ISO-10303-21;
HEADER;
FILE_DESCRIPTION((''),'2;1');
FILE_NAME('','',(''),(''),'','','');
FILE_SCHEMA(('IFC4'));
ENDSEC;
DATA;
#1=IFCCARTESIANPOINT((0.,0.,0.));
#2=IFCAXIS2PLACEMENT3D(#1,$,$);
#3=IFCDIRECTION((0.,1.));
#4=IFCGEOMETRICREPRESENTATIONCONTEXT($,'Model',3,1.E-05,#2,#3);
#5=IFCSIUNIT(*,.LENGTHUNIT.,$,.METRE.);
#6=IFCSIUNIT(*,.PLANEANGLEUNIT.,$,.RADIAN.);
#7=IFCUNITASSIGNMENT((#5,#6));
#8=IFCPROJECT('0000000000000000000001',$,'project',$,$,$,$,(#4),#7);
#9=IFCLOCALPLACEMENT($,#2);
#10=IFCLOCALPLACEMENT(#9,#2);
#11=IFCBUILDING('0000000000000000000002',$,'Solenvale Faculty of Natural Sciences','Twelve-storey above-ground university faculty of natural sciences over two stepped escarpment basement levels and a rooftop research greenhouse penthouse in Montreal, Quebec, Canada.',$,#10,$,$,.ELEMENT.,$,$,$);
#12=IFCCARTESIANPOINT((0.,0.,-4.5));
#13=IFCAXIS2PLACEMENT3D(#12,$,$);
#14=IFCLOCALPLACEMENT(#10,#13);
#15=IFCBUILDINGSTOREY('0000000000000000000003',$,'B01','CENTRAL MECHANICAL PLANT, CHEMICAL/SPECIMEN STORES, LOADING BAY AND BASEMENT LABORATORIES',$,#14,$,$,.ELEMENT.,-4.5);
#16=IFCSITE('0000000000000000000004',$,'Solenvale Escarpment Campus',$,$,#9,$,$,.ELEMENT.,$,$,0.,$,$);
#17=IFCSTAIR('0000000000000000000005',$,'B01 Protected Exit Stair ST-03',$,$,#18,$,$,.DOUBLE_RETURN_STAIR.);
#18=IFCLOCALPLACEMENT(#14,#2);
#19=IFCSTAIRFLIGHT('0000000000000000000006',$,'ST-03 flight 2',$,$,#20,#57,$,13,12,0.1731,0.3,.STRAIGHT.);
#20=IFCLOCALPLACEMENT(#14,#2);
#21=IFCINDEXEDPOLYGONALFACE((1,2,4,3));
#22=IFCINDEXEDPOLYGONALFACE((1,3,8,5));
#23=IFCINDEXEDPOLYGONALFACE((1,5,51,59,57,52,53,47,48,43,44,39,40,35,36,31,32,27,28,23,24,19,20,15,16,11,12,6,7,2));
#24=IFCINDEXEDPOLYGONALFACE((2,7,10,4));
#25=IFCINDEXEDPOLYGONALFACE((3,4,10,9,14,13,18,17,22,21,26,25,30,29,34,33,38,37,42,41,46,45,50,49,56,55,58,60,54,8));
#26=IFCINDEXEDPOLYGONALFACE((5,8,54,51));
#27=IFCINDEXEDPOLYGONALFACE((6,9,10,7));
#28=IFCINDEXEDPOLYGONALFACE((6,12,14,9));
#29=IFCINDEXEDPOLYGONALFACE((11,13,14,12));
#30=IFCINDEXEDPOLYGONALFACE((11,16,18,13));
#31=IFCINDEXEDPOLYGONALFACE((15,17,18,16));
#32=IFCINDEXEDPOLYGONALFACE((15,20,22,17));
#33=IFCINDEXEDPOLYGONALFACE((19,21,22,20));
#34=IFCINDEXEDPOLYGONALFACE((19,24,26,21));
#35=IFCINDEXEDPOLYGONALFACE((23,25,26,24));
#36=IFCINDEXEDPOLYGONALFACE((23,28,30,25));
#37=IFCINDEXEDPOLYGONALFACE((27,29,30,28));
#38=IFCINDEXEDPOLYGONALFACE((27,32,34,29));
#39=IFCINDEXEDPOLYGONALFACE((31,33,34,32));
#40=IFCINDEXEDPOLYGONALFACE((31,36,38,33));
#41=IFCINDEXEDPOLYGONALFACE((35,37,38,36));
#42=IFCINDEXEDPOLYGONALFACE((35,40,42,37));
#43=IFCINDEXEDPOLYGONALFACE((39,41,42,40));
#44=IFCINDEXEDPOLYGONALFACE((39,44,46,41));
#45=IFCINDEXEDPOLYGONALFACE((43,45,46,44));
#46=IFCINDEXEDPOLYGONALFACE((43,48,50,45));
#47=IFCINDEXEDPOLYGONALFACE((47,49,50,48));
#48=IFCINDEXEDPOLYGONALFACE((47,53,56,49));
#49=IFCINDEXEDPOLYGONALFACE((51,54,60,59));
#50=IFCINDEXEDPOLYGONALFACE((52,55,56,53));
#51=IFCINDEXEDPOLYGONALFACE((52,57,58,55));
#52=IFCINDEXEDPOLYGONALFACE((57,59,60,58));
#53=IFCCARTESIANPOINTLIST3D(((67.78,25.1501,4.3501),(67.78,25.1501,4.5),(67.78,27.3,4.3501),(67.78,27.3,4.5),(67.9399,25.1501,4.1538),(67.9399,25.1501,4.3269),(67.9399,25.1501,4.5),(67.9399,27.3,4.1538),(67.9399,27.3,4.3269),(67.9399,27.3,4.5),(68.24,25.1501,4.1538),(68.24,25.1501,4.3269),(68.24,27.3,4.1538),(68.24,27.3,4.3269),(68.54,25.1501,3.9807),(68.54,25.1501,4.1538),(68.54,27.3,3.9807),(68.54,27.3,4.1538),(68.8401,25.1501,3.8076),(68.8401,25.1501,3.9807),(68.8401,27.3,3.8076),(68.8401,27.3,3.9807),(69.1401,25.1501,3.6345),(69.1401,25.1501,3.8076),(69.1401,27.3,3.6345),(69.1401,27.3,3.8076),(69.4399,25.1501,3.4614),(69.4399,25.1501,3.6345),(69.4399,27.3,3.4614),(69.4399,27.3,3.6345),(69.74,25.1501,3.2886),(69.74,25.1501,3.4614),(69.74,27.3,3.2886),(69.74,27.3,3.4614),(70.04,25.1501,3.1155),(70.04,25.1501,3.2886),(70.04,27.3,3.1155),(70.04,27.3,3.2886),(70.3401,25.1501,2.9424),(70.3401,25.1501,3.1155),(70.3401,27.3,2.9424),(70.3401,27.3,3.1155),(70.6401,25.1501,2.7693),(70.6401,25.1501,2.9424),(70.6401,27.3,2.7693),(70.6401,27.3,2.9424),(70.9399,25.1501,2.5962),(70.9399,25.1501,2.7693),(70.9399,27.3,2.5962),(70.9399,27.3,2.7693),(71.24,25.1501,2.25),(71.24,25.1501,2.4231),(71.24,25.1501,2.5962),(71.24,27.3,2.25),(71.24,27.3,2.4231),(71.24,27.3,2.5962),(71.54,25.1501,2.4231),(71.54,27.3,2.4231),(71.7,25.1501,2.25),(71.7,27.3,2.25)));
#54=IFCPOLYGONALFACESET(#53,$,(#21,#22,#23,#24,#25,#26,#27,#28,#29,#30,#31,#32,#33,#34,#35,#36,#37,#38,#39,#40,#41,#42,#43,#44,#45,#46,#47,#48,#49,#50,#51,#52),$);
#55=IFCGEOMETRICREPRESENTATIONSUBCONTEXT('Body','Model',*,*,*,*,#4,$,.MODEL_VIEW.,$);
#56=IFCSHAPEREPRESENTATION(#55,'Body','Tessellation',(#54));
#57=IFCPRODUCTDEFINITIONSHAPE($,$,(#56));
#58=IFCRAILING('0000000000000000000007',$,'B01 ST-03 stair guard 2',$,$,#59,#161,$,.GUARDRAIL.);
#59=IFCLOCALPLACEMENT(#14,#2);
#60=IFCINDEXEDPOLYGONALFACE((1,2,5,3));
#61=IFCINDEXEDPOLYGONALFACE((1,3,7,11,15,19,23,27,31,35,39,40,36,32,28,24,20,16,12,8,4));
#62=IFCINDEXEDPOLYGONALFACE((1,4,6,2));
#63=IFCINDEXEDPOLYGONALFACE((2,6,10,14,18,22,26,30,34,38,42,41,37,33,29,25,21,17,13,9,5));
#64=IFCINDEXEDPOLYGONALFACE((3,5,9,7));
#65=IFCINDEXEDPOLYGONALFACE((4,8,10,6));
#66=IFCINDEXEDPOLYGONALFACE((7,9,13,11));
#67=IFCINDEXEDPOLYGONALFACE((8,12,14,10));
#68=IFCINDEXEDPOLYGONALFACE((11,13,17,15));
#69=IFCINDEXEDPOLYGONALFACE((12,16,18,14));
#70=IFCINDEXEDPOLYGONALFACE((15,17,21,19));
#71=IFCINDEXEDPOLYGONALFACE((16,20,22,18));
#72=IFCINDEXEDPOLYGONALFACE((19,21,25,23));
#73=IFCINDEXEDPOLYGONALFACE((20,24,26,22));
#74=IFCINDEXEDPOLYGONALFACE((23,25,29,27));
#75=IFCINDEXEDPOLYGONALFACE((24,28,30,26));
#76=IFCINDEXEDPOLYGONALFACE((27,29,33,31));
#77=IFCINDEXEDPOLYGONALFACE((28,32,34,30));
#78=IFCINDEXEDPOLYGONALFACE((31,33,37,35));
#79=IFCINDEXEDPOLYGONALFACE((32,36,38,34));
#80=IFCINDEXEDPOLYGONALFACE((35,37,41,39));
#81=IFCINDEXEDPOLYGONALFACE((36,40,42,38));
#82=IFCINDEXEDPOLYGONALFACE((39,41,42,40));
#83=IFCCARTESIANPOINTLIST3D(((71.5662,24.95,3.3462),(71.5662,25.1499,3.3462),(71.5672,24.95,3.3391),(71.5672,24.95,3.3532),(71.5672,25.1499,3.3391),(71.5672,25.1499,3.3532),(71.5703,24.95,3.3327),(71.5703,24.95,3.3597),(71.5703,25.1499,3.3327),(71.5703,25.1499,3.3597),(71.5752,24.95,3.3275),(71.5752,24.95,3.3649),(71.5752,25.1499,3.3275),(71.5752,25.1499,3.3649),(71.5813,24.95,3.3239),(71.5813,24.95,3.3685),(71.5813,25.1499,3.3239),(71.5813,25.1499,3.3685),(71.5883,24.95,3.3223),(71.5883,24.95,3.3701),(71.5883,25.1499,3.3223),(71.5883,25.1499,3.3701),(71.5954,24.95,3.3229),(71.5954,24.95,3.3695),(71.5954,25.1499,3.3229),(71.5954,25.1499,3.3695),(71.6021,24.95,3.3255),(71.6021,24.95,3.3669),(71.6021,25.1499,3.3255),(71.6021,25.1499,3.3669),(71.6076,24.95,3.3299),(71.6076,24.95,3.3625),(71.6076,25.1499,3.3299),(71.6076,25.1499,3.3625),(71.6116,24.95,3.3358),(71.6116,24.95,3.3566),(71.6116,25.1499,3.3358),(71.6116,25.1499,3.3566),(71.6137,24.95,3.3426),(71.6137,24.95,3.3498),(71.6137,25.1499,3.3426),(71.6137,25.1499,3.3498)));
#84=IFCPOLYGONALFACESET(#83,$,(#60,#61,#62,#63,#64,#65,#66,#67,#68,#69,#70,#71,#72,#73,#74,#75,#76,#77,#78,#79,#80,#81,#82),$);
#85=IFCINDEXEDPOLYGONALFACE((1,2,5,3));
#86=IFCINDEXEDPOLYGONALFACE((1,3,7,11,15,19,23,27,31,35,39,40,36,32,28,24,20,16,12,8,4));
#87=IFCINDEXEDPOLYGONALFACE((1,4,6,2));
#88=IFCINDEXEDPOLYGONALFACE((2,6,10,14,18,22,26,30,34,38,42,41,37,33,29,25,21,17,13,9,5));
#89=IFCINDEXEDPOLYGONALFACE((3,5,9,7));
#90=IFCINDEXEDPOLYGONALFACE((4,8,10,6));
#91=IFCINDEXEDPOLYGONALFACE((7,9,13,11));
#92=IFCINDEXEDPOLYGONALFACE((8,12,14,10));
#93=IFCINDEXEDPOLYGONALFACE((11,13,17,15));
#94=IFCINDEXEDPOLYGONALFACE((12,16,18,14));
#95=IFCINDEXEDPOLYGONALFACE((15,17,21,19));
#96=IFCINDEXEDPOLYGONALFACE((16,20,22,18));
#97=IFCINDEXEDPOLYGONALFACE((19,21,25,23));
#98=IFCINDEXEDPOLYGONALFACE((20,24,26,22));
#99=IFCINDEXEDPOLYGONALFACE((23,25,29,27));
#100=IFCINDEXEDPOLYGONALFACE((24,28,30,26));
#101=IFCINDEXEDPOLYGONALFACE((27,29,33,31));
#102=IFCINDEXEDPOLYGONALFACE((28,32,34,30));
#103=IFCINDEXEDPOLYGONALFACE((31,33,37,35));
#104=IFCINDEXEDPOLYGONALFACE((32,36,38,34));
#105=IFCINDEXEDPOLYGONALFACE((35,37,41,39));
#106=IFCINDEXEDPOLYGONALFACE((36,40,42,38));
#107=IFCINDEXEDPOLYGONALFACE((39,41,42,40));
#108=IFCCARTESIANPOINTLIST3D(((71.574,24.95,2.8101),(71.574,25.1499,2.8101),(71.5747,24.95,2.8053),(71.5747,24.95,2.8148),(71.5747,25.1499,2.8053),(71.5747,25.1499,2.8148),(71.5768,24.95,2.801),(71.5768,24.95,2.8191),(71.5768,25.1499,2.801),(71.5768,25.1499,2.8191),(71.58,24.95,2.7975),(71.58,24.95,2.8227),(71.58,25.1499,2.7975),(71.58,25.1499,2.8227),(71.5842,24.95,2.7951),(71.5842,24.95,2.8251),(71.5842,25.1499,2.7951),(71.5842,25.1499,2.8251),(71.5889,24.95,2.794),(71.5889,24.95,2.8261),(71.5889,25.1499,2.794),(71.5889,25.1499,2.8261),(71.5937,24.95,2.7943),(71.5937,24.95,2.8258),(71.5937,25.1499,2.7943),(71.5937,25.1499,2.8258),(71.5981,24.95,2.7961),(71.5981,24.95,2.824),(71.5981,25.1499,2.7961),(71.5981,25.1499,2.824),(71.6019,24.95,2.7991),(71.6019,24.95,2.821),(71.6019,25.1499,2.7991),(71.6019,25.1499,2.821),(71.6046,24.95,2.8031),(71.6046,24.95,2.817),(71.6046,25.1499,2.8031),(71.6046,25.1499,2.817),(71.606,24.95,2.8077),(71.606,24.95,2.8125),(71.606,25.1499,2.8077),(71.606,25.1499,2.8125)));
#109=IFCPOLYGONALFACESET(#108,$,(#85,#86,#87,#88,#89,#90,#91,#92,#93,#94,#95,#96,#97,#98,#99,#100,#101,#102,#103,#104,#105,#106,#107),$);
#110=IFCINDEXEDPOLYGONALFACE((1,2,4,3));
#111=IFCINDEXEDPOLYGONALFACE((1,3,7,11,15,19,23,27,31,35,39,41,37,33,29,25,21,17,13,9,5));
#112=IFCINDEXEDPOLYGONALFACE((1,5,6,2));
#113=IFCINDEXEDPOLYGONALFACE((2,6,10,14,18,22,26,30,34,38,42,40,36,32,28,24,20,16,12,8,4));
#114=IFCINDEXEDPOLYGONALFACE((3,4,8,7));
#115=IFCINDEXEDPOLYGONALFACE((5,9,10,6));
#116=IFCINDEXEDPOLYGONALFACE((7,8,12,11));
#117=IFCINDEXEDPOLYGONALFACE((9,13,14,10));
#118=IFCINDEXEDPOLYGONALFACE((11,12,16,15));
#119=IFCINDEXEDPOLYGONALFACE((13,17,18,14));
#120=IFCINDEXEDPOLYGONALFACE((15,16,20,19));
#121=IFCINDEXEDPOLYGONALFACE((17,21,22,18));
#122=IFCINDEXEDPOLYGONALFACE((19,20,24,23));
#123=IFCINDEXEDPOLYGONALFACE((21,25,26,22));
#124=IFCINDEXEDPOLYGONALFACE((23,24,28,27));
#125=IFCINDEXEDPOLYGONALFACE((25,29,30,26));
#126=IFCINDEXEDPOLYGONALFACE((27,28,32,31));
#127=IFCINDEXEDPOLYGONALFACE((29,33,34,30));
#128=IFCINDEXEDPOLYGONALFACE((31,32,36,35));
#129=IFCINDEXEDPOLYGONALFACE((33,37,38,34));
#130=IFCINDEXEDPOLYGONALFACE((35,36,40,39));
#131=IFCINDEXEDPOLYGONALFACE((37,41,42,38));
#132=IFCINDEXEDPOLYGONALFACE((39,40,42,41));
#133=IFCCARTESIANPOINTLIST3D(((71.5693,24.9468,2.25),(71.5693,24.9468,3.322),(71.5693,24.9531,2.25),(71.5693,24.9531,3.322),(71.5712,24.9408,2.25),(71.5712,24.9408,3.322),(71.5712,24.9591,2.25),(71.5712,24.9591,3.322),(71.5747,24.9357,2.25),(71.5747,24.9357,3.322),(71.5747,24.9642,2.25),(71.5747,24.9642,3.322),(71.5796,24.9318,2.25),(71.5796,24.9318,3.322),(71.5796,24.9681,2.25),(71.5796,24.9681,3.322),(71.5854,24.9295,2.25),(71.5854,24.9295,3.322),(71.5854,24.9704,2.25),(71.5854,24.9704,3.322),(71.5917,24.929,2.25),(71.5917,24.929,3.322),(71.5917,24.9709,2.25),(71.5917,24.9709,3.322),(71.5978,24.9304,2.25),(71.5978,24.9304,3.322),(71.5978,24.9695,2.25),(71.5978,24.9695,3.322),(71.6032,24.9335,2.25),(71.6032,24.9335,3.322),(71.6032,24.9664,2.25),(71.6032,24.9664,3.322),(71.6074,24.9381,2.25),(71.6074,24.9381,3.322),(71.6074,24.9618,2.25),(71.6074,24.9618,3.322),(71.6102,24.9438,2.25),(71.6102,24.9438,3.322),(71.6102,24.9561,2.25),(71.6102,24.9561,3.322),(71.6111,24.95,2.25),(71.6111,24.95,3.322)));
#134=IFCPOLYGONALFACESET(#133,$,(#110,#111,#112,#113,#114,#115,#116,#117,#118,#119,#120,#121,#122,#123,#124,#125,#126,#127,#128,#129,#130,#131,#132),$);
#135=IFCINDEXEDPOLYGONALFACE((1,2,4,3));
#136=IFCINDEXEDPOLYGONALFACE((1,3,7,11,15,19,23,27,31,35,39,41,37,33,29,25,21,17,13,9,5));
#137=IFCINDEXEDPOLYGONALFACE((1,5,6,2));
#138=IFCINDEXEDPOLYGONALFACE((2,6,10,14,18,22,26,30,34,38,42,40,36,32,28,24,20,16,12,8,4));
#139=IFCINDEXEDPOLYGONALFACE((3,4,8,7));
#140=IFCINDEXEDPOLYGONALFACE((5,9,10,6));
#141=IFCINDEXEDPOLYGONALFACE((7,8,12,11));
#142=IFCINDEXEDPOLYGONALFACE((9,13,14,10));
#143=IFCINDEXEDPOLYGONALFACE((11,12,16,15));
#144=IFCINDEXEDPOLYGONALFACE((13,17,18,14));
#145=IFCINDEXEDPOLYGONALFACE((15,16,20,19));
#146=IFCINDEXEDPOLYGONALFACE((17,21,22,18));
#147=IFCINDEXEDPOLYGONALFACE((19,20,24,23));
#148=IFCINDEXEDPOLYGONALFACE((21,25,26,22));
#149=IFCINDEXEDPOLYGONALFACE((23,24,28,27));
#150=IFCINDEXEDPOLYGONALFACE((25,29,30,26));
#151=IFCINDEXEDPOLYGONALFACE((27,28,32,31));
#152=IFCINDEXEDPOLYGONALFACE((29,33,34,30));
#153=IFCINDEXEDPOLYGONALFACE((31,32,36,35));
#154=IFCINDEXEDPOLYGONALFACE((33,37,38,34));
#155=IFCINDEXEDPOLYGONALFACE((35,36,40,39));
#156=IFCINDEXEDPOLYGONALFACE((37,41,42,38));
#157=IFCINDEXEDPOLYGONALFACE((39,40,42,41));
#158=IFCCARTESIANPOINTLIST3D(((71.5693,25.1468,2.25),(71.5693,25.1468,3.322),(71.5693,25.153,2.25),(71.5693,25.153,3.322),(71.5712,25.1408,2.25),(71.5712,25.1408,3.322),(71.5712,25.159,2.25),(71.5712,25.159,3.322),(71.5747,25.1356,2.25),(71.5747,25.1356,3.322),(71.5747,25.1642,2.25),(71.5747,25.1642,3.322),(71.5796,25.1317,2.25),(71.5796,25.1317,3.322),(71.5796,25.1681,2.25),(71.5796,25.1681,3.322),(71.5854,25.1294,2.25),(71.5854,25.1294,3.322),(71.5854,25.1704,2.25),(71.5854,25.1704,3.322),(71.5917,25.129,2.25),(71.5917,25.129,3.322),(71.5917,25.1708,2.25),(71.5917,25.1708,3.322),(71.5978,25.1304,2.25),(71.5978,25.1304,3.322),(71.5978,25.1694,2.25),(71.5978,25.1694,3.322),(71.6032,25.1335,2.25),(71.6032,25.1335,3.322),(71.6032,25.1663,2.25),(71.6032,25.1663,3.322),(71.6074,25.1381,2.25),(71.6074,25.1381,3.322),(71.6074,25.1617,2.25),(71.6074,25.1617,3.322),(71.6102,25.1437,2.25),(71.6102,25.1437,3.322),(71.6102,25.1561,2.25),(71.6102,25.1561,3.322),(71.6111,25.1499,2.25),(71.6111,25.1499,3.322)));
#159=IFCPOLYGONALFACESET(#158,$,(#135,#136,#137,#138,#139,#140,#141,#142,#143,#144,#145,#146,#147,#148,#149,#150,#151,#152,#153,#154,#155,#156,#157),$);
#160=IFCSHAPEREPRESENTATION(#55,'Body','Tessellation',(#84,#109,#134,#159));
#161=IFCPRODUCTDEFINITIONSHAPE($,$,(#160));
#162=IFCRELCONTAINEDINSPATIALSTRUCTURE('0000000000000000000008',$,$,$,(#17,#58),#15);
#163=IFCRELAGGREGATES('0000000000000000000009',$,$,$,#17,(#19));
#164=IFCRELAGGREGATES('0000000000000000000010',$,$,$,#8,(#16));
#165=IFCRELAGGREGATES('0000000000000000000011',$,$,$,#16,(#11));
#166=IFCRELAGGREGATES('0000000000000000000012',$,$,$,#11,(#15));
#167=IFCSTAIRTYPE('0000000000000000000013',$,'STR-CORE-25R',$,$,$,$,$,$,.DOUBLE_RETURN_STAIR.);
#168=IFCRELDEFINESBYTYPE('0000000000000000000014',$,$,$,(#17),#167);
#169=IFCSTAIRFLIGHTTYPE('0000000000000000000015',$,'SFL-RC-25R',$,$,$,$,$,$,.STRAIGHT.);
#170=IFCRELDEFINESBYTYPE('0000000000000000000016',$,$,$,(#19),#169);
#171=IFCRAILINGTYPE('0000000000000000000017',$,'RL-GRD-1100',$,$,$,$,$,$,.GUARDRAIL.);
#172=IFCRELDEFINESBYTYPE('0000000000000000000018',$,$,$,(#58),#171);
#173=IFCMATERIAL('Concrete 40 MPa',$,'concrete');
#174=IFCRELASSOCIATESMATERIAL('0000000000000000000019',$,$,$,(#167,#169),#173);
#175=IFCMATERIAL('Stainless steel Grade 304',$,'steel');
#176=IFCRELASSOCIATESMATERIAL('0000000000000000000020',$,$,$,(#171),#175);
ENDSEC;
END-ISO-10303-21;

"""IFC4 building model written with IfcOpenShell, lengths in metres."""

from ifc_helpers import new_model, si_unit, direction, frame, origin, origin_2d, place, context, subcontext, project, spatial, polyline, circle, outline, extrude, material, type_object, element, aggregate, save


model = new_model("IFC4")

# Units and contexts
model_context = context("Model", 3, precision=1e-05, world=origin(), true_north=direction((0.0, 1.0)))
body_context = subcontext(model_context, "Body", "Model", "MODEL_VIEW")
ifc_project = project(units=[si_unit("LENGTHUNIT", "METRE"), si_unit("PLANEANGLEUNIT", "RADIAN")], contexts=[model_context])

# Site, building, storey
site_placement = place(None, origin())
site = spatial("IfcSite", under=ifc_project, at=site_placement, Name="Solenvale Escarpment Campus", CompositionType="ELEMENT", RefElevation=0.0)
building_placement = place(site_placement, origin())
building = spatial("IfcBuilding", under=site, at=building_placement, Name="Solenvale Faculty of Natural Sciences", Description="Twelve-storey above-ground university faculty of natural sciences over two stepped escarpment basement levels and a rooftop research greenhouse penthouse in Montreal, Quebec, Canada.", CompositionType="ELEMENT")
storey_placement = place(building_placement, frame((0.0, 0.0, -4.5)))
storey = spatial("IfcBuildingStorey", under=building, at=storey_placement, Name="B01", Description="CENTRAL MECHANICAL PLANT, CHEMICAL/SPECIMEN STORES, LOADING BAY AND BASEMENT LABORATORIES", CompositionType="ELEMENT", Elevation=-4.5)

# Shared definitions
ifc_material_1 = material(Name="Concrete 40 MPa", Category="concrete")

# Shared definitions
ifc_material_2 = material(Name="Stainless steel Grade 304", Category="steel")

# Stair, stair flight
stair_type = type_object("IfcStairType", Name="STR-CORE-25R", PredefinedType="DOUBLE_RETURN_STAIR", material=ifc_material_1)
stair_placement = place(storey_placement, origin())
stair = element("IfcStair", 1, at=stair_placement, inside=storey, type_object=stair_type, Name="B01 Protected Exit Stair ST-03", PredefinedType="DOUBLE_RETURN_STAIR")
stair_flight_type = type_object("IfcStairFlightType", Name="SFL-RC-25R", PredefinedType="STRAIGHT", material=ifc_material_1)
stair_flight_placement = place(storey_placement, frame((71.54, 26.2251, 2.25), z_axis=(0.0, 0.0, 1.0), x_axis=(-1.0, 0.0, 0.0)))
stair_flight = element("IfcStairFlight", 2, at=stair_flight_placement, type_object=stair_flight_type, Name="ST-03 flight 2", NumberOfRisers=13, NumberOfTreads=12, PredefinedType="STRAIGHT", RiserHeight=0.1731, TreadLength=0.3, context=body_context, shape_type="SweptSolid", body=[
    extrude(outline(polyline([(-0.1599, 0.0), (0.0, 0.1731), (0.3, 0.1731), (0.3, 0.3462), (0.6001, 0.3462), (0.6001, 0.5193), (0.8999, 0.5193), (0.8999, 0.6924), (1.2, 0.6924), (1.2, 0.8655), (1.5, 0.8655), (1.5, 1.0386), (1.8, 1.0386), (1.8, 1.2114), (2.1001, 1.2114), (2.1001, 1.3845), (2.3999, 1.3845), (2.3999, 1.5576), (2.7, 1.5576), (2.7, 1.7307), (3.0, 1.7307), (3.0, 1.9038), (3.3, 1.9038), (3.3, 2.0769), (3.6001, 2.0769), (3.6001, 2.25), (3.76, 2.25), (3.76, 2.1001), (3.6001, 1.9038), (0.3, 0.0), (-0.1599, 0.0)])), frame((0.0, 1.075, 0.0), z_axis=(0.0, -1.0, 0.0), x_axis=(1.0, 0.0, 0.0)), (0.0, 0.0, 1.0), 2.1499),
])
aggregate(stair, [stair_flight])

# Railing
railing_type_1 = type_object("IfcRailingType", Name="RL-GRD-1100", PredefinedType="GUARDRAIL", material=ifc_material_2)
railing_1_placement = place(storey_placement, frame((71.5901, 24.95, 2.25)))
element("IfcRailing", 3, at=railing_1_placement, inside=storey, type_object=railing_type_1, Name="B01 ST-03 stair guard 2", PredefinedType="GUARDRAIL", context=body_context, shape_type="SweptSolid", body=[
    extrude(circle(Radius=0.0239, at=origin_2d()), frame((0.0, 0.0, 1.0962), z_axis=(0.0, 1.0, 0.0), x_axis=(-1.0, 0.0, 0.0)), (0.0, 0.0, 1.0), 0.2),
    extrude(circle(Radius=0.0161, at=origin_2d()), frame((0.0, 0.0, 0.5601), z_axis=(0.0, 1.0, 0.0), x_axis=(-1.0, 0.0, 0.0)), (0.0, 0.0, 1.0), 0.2),
    extrude(circle(Radius=0.021, at=origin_2d()), origin(), (0.0, 0.0, 1.0), 1.072),
    extrude(circle(Radius=0.021, at=origin_2d()), frame((0.0, 0.2, 0.0)), (0.0, 0.0, 1.0), 1.072),
])

save(model, "model.ifc")
